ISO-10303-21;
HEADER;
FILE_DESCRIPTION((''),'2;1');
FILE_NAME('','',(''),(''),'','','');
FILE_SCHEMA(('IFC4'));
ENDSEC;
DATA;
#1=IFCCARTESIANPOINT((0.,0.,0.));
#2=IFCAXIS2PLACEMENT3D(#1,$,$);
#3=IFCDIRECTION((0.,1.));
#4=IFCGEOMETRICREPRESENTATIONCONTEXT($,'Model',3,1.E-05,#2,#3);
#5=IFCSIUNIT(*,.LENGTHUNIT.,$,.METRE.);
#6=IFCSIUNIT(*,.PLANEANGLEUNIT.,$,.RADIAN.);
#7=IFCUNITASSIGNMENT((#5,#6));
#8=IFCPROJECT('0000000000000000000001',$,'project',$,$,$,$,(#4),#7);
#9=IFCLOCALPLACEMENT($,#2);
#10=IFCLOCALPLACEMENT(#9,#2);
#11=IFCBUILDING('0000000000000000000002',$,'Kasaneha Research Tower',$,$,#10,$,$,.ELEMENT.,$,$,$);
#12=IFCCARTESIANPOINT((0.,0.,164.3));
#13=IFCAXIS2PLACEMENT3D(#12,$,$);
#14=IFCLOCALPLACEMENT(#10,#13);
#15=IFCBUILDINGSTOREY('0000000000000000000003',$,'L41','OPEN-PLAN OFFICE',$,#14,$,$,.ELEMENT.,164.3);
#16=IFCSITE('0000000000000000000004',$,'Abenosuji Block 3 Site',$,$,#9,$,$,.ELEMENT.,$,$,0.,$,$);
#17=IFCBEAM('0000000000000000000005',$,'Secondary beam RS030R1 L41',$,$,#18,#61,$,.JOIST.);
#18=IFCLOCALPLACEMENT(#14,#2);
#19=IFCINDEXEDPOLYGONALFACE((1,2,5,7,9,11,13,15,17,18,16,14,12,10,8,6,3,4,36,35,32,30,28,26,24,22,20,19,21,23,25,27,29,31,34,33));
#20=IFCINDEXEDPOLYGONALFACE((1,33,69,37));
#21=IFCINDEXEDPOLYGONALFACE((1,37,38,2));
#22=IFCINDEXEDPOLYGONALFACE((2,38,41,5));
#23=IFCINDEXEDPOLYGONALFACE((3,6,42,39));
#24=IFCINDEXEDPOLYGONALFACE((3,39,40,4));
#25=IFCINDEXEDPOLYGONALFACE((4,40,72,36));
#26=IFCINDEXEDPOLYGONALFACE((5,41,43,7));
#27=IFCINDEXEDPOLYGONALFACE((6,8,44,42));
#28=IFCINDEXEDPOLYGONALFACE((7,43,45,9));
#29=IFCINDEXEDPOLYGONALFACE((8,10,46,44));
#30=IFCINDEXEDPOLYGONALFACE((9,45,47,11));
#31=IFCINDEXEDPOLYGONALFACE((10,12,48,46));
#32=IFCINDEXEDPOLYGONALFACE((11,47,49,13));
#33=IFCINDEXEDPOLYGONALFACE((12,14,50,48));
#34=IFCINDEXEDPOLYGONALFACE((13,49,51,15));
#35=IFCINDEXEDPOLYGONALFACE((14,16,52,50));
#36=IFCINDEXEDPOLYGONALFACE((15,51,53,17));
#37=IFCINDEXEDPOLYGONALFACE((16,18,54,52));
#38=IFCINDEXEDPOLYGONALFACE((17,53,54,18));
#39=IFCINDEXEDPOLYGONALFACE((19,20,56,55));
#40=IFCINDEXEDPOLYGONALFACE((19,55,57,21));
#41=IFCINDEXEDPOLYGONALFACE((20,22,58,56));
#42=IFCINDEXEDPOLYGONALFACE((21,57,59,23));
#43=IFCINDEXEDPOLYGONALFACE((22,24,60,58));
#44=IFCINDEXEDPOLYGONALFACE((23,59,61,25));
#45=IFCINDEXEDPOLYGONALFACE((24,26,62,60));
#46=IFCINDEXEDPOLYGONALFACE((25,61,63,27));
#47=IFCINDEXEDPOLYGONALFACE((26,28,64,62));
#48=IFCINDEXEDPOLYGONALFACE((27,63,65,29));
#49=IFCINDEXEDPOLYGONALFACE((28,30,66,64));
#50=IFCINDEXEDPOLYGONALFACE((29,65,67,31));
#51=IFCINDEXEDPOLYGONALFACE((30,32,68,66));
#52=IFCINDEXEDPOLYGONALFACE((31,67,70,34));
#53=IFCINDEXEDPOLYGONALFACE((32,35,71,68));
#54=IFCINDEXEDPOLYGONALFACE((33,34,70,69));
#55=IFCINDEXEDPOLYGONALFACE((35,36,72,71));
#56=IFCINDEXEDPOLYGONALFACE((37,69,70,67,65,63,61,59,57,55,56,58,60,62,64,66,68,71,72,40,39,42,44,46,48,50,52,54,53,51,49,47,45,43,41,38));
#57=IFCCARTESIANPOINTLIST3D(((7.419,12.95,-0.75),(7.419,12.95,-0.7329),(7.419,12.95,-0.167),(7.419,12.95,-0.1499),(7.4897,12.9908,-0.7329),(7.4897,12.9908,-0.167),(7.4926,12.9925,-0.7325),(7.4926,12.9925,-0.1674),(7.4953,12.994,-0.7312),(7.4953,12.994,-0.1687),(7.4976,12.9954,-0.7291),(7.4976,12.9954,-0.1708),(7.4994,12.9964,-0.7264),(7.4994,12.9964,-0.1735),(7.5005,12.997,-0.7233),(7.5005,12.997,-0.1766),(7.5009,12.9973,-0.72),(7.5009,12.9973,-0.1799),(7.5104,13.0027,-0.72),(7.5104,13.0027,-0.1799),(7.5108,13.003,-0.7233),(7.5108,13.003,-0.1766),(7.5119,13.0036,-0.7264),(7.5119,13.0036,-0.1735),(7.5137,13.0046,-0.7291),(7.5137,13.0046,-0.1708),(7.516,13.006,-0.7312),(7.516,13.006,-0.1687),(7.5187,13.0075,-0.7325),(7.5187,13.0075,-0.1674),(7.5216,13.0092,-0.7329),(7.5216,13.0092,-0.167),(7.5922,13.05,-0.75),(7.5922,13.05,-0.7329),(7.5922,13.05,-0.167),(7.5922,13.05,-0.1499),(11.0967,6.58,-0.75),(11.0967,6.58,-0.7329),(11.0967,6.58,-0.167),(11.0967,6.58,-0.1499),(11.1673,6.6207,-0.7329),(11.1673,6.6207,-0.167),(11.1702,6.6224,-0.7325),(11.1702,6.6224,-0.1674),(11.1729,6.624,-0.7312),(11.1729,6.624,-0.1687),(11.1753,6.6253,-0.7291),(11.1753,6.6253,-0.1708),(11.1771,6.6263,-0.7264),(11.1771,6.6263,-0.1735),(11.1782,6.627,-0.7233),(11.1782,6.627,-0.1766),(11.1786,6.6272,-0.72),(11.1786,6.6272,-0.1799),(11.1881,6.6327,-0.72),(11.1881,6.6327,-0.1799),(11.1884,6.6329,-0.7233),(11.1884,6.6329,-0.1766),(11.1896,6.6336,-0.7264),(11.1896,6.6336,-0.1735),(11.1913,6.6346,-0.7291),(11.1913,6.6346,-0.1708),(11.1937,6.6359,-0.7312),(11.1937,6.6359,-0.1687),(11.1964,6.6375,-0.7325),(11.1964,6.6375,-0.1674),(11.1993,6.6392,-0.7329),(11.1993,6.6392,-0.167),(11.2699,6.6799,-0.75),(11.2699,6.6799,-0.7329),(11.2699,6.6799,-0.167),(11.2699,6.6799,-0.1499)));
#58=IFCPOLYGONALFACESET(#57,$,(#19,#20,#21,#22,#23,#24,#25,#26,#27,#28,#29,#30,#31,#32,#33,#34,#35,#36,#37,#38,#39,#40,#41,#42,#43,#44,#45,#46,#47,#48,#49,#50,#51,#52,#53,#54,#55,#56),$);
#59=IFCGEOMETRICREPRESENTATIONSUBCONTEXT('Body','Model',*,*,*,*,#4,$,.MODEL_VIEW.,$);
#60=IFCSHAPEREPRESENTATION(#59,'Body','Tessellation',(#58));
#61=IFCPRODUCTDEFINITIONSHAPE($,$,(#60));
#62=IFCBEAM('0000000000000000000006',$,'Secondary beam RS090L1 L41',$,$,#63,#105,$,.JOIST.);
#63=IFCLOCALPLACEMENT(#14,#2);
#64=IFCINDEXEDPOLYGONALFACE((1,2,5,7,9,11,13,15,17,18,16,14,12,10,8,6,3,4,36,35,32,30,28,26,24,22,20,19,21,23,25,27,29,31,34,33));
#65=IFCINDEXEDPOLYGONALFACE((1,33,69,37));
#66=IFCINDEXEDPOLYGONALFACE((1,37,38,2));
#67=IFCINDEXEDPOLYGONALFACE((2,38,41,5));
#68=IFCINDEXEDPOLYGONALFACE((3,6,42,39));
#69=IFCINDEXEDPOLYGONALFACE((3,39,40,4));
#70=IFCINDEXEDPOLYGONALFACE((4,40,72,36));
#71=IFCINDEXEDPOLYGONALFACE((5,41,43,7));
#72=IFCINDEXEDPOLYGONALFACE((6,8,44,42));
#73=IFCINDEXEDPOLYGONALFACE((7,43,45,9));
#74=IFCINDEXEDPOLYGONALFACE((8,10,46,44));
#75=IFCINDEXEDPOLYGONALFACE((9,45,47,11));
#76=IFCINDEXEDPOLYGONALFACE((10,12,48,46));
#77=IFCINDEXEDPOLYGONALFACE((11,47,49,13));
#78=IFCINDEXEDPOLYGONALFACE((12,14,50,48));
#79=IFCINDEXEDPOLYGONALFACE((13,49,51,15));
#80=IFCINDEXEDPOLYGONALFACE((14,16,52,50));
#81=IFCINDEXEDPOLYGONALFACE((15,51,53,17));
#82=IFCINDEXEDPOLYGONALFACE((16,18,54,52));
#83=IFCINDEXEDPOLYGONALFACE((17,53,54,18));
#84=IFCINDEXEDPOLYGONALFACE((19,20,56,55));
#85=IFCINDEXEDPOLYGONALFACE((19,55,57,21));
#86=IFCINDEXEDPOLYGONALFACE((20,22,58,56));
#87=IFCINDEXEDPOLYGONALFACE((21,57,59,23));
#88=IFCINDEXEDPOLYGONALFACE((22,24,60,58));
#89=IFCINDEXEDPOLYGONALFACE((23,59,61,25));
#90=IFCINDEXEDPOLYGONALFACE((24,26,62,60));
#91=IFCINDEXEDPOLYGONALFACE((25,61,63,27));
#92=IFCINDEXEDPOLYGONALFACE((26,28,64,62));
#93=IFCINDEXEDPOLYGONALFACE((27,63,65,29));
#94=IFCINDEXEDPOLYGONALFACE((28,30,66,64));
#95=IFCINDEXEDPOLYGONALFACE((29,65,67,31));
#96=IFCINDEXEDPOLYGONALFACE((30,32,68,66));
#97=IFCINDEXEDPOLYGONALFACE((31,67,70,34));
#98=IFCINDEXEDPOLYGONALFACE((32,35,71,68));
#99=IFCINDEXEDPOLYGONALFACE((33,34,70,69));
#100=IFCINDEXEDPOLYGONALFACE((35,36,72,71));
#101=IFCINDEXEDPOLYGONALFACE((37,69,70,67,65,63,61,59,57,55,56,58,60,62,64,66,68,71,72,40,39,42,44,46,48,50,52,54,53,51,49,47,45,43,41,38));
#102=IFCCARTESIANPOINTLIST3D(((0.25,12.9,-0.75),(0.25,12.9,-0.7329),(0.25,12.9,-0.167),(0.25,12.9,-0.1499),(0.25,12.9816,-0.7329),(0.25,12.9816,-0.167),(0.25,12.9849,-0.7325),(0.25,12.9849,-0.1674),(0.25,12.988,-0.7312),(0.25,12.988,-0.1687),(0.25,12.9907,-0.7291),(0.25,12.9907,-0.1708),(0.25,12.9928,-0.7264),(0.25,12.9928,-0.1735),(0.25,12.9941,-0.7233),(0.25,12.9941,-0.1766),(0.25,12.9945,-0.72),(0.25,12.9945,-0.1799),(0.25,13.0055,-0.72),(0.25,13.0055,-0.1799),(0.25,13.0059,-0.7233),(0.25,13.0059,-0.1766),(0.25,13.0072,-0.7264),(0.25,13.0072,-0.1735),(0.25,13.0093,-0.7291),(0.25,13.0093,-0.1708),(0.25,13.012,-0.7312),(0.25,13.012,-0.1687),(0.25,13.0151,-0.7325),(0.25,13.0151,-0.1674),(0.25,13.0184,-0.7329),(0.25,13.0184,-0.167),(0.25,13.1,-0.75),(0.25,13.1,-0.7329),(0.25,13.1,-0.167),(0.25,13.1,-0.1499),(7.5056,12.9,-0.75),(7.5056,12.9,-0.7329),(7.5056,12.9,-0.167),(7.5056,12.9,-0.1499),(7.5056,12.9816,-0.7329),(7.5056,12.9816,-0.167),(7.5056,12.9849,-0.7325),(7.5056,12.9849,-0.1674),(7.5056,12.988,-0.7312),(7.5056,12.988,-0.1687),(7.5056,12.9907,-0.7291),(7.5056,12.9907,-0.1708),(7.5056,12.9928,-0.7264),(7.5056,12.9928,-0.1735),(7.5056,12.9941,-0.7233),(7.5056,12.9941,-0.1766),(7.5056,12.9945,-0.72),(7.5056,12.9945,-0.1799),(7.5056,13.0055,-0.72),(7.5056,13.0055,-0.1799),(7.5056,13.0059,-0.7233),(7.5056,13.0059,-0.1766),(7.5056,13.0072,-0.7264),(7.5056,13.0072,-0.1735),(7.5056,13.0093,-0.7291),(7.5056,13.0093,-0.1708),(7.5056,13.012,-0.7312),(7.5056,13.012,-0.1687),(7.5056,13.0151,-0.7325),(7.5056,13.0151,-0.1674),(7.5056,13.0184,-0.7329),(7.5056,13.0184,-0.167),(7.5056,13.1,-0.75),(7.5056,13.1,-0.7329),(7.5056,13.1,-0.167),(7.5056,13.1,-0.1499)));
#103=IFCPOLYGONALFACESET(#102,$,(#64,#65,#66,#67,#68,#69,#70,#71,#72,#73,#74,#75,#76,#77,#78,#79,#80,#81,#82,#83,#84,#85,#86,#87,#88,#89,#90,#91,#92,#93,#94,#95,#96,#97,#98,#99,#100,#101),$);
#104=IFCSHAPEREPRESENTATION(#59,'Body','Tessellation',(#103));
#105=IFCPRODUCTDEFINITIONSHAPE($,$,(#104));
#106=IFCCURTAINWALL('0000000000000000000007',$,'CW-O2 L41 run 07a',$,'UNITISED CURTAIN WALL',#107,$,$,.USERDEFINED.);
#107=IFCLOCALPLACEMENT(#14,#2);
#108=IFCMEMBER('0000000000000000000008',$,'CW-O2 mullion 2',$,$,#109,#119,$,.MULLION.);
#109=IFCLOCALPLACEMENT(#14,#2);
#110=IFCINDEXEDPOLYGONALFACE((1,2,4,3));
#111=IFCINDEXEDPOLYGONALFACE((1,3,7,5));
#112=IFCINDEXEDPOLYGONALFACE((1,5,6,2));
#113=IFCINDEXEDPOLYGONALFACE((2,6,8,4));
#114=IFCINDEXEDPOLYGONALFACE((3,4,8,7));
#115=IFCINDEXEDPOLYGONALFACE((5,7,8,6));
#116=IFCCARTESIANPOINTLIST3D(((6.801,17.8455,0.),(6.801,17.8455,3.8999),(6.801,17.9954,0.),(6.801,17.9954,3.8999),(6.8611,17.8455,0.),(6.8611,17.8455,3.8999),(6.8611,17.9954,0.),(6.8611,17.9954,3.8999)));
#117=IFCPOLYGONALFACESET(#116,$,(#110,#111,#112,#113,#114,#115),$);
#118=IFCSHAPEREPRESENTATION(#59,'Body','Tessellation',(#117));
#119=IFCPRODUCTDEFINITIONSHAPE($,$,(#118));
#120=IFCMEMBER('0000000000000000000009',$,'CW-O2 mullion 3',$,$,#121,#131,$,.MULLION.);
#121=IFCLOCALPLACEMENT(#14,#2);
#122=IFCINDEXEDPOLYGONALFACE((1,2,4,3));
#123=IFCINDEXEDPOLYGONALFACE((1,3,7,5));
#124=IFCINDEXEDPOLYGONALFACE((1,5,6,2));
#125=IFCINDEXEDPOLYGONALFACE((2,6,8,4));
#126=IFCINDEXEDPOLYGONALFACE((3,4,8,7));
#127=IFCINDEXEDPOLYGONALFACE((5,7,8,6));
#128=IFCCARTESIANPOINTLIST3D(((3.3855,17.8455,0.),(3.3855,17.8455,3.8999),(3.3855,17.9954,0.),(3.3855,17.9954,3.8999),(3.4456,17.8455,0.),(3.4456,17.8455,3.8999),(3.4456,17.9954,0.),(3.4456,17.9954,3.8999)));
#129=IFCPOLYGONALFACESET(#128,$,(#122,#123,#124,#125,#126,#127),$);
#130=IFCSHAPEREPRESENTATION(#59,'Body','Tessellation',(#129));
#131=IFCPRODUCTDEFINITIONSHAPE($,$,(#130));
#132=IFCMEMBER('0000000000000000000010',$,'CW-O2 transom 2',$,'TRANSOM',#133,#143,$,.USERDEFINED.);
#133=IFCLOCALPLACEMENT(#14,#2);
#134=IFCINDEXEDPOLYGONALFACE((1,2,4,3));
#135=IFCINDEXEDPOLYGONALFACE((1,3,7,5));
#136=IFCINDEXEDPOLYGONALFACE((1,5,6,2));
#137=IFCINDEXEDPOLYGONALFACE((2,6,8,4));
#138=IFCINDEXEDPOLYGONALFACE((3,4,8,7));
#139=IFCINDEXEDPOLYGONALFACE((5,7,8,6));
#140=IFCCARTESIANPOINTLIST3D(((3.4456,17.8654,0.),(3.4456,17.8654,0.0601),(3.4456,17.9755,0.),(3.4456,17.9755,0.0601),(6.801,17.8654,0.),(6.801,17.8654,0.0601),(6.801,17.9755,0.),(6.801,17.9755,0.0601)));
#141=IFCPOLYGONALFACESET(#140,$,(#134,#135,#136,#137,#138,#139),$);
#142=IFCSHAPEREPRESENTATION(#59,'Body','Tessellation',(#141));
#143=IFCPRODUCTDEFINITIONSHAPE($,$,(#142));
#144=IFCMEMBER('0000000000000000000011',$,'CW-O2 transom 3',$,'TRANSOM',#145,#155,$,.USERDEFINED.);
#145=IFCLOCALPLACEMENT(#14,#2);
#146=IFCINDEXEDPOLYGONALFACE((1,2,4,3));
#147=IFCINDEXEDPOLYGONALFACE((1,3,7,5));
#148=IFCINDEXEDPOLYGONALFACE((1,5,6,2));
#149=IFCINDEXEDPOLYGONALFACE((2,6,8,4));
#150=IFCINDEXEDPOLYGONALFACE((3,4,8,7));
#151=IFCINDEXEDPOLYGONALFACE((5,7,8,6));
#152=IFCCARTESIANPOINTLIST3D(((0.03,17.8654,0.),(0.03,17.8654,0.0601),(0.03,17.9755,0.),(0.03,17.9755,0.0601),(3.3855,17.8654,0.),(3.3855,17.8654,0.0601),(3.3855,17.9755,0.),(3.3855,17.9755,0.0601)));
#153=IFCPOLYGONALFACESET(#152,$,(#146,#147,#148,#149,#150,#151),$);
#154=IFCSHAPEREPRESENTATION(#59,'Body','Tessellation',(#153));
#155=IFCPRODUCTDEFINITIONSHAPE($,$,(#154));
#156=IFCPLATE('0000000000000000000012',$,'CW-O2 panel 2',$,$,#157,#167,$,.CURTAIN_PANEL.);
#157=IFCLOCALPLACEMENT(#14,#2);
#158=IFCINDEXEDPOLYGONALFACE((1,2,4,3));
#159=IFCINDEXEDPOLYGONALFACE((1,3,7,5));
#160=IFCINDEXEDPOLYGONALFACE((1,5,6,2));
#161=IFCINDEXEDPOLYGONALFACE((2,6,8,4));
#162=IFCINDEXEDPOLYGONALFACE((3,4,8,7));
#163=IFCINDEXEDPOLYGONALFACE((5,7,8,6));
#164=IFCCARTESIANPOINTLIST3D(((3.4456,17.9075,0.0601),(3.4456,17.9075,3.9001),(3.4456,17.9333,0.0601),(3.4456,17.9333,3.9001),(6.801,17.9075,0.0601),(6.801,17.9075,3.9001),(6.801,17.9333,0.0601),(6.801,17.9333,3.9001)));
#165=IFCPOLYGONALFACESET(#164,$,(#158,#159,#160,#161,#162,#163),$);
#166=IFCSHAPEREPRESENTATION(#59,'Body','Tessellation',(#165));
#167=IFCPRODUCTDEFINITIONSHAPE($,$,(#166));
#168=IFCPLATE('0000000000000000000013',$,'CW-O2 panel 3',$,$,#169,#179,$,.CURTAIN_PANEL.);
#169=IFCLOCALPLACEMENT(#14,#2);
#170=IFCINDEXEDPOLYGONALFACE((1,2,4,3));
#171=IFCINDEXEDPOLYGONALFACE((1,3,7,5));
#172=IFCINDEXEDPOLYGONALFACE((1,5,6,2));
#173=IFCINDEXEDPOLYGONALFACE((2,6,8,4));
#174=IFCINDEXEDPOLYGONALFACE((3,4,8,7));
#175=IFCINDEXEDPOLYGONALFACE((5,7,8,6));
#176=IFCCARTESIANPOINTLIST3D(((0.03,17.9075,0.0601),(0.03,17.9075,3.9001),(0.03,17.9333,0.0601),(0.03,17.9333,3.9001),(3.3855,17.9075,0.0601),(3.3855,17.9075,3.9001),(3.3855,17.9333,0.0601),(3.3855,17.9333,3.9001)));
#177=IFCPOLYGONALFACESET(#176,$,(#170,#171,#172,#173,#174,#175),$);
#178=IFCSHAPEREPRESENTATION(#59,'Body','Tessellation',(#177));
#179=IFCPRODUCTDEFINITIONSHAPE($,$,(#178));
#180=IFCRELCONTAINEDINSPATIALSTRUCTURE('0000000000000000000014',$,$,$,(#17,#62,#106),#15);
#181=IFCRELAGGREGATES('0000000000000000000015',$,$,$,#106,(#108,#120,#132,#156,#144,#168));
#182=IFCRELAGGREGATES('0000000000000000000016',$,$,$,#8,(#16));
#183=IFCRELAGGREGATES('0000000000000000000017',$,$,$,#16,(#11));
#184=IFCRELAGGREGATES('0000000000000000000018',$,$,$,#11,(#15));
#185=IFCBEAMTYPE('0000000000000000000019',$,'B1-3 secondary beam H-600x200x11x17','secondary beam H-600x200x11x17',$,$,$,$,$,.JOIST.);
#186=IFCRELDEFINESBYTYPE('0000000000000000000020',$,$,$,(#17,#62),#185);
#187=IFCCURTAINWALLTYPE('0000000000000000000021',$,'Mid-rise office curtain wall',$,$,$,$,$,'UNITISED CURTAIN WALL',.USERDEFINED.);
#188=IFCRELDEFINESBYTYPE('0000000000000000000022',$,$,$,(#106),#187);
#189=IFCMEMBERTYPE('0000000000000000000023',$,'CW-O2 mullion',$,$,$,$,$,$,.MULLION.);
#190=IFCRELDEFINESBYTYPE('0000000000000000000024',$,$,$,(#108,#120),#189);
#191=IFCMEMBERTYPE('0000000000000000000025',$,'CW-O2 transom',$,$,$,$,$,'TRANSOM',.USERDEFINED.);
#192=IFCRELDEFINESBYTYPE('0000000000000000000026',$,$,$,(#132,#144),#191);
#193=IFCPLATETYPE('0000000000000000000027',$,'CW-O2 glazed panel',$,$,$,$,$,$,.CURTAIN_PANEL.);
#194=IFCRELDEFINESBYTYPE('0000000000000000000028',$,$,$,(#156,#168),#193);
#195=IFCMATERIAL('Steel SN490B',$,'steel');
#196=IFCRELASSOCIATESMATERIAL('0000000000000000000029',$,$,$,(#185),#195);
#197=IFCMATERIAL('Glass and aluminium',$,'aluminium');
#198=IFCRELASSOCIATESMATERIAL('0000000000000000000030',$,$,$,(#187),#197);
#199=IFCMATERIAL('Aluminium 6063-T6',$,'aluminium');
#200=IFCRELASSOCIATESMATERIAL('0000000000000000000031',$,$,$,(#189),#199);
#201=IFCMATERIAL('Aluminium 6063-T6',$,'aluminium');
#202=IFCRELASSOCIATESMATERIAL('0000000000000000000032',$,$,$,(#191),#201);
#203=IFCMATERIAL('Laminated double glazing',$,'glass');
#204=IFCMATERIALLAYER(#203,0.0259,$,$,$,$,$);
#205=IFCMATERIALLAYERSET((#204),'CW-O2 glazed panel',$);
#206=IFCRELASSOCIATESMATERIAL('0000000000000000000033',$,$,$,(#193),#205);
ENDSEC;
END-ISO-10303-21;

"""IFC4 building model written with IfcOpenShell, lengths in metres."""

from ifc_helpers import new_model, si_unit, direction, frame, origin, origin_2d, place, context, subcontext, project, spatial, rectangle, i_section, extrude, material, layer, layer_set, material_profile, profile_set, type_object, element, aggregate, save


model = new_model("IFC4")

# Units and contexts
model_context = context("Model", 3, precision=1e-05, world=origin(), true_north=direction((0.0, 1.0)))
body_context = subcontext(model_context, "Body", "Model", "MODEL_VIEW")
ifc_project = project(units=[si_unit("LENGTHUNIT", "METRE"), si_unit("PLANEANGLEUNIT", "RADIAN")], contexts=[model_context])

# Site, building, storey
site_placement = place(None, origin())
site = spatial("IfcSite", under=ifc_project, at=site_placement, Name="Abenosuji Block 3 Site", CompositionType="ELEMENT", RefElevation=0.0)
building_placement = place(site_placement, origin())
building = spatial("IfcBuilding", under=site, at=building_placement, Name="Kasaneha Research Tower", CompositionType="ELEMENT")
storey_placement = place(building_placement, frame((0.0, 0.0, 164.3)))
storey = spatial("IfcBuildingStorey", under=building, at=storey_placement, Name="L41", Description="OPEN-PLAN OFFICE", CompositionType="ELEMENT", Elevation=164.3)

# Beams
ifc_material_1 = material(Name="Steel SN490B", Category="steel")
ifc_material_profile_1 = material_profile(ifc_material_1, i_section(OverallWidth=0.2, OverallDepth=0.6001, WebThickness=0.011, FlangeThickness=0.0171, FilletRadius=0.0129, at=origin_2d()), Name="H-600x200x11x17")
ifc_profile_set_1 = profile_set([ifc_material_profile_1], Name="Steel SN490B")
beam_type = type_object("IfcBeamType", Name="B1-3 secondary beam H-600x200x11x17", Description="secondary beam H-600x200x11x17", PredefinedType="JOIST", material=ifc_profile_set_1)
beam_1_placement = place(storey_placement, frame((7.5056, 13.0, -0.45), z_axis=(0.499994, -0.866029, 0.0), x_axis=(0.866029, 0.499994, 0.0)))
element("IfcBeam", 1, at=beam_1_placement, inside=storey, type_object=beam_type, Name="Secondary beam RS030R1 L41", PredefinedType="JOIST", context=body_context, shape_type="SweptSolid", body=[
    extrude(i_section(OverallWidth=0.2, OverallDepth=0.6001, WebThickness=0.011, FlangeThickness=0.0171, FilletRadius=0.0129, at=origin_2d()), origin(), (0.0, 0.0, 1.0), 7.3555),
])
beam_2_placement = place(storey_placement, frame((7.5056, 13.0, -0.45), z_axis=(-1.0, 0.0, 0.0), x_axis=(0.0, -1.0, 0.0)))
element("IfcBeam", 2, at=beam_2_placement, inside=storey, type_object=beam_type, Name="Secondary beam RS090L1 L41", PredefinedType="JOIST", context=body_context, shape_type="SweptSolid", body=[
    extrude(i_section(OverallWidth=0.2, OverallDepth=0.6001, WebThickness=0.011, FlangeThickness=0.0171, FilletRadius=0.0129, at=origin_2d()), origin(), (0.0, 0.0, 1.0), 7.2556),
])

# Curtain wall, members, plates
ifc_material_2 = material(Name="Glass and aluminium", Category="aluminium")
curtain_wall_type = type_object("IfcCurtainWallType", Name="Mid-rise office curtain wall", ElementType="UNITISED CURTAIN WALL", PredefinedType="USERDEFINED", material=ifc_material_2)
curtain_wall_placement = place(storey_placement, origin())
curtain_wall = element("IfcCurtainWall", 3, at=curtain_wall_placement, inside=storey, type_object=curtain_wall_type, Name="CW-O2 L41 run 07a", ObjectType="UNITISED CURTAIN WALL", PredefinedType="USERDEFINED")
ifc_material_3 = material(Name="Aluminium 6063-T6", Category="aluminium")
ifc_material_profile_2 = material_profile(ifc_material_3, rectangle(XDim=0.0601, YDim=0.1499, at=origin_2d()), Name="CW-O2 mullion 60x150")
ifc_profile_set_2 = profile_set([ifc_material_profile_2], Name="Aluminium 6063-T6")
member_type_1 = type_object("IfcMemberType", Name="CW-O2 mullion", PredefinedType="MULLION", material=ifc_profile_set_2)
member_1_placement = place(storey_placement, frame((6.8311, 17.9204, 0.0), z_axis=(0.0, 0.0, 1.0), x_axis=(-1.0, 0.0, 0.0)))
member_1 = element("IfcMember", 4, at=member_1_placement, type_object=member_type_1, Name="CW-O2 mullion 2", PredefinedType="MULLION", context=body_context, shape_type="SweptSolid", body=[
    extrude(rectangle(XDim=0.0601, YDim=0.1499, at=origin_2d()), origin(), (0.0, 0.0, 1.0), 3.8999),
])
member_2_placement = place(storey_placement, frame((3.4155, 17.9204, 0.0), z_axis=(0.0, 0.0, 1.0), x_axis=(-1.0, 0.0, 0.0)))
member_2 = element("IfcMember", 5, at=member_2_placement, type_object=member_type_1, Name="CW-O2 mullion 3", PredefinedType="MULLION", context=body_context, shape_type="SweptSolid", body=[
    extrude(rectangle(XDim=0.0601, YDim=0.1499, at=origin_2d()), origin(), (0.0, 0.0, 1.0), 3.8999),
])
ifc_material_4 = material(Name="Aluminium 6063-T6", Category="aluminium")
ifc_material_profile_3 = material_profile(ifc_material_4, rectangle(XDim=0.1101, YDim=0.0601, at=origin_2d()), Name="CW-O2 transom 110x60")
ifc_profile_set_3 = profile_set([ifc_material_profile_3], Name="Aluminium 6063-T6")
member_type_2 = type_object("IfcMemberType", Name="CW-O2 transom", ElementType="TRANSOM", PredefinedType="USERDEFINED", material=ifc_profile_set_3)
member_3_placement = place(storey_placement, frame((6.801, 17.9204, 0.03), z_axis=(-1.0, 0.0, 0.0), x_axis=(0.0, -1.0, 0.0)))
member_3 = element("IfcMember", 6, at=member_3_placement, type_object=member_type_2, Name="CW-O2 transom 2", ObjectType="TRANSOM", PredefinedType="USERDEFINED", context=body_context, shape_type="SweptSolid", body=[
    extrude(rectangle(XDim=0.1101, YDim=0.0601, at=origin_2d()), origin(), (0.0, 0.0, 1.0), 3.3555),
])
member_4_placement = place(storey_placement, frame((3.3855, 17.9204, 0.03), z_axis=(-1.0, 0.0, 0.0), x_axis=(0.0, -1.0, 0.0)))
member_4 = element("IfcMember", 7, at=member_4_placement, type_object=member_type_2, Name="CW-O2 transom 3", ObjectType="TRANSOM", PredefinedType="USERDEFINED", context=body_context, shape_type="SweptSolid", body=[
    extrude(rectangle(XDim=0.1101, YDim=0.0601, at=origin_2d()), origin(), (0.0, 0.0, 1.0), 3.3555),
])
ifc_material_5 = material(Name="Laminated double glazing", Category="glass")
ifc_layer_1 = layer(ifc_material_5, 0.0259)
ifc_layer_set_1 = layer_set([ifc_layer_1], Name="CW-O2 glazed panel")
plate_type = type_object("IfcPlateType", Name="CW-O2 glazed panel", PredefinedType="CURTAIN_PANEL", material=ifc_layer_set_1)
plate_1_placement = place(storey_placement, frame((5.1233, 17.9204, 0.0601), z_axis=(0.0, 0.0, 1.0), x_axis=(-1.0, 0.0, 0.0)))
plate_1 = element("IfcPlate", 8, at=plate_1_placement, type_object=plate_type, Name="CW-O2 panel 2", PredefinedType="CURTAIN_PANEL", context=body_context, shape_type="SweptSolid", body=[
    extrude(rectangle(XDim=3.3555, YDim=0.0259, at=origin_2d()), origin(), (0.0, 0.0, 1.0), 3.8401),
])
plate_2_placement = place(storey_placement, frame((1.7078, 17.9204, 0.0601), z_axis=(0.0, 0.0, 1.0), x_axis=(-1.0, 0.0, 0.0)))
plate_2 = element("IfcPlate", 9, at=plate_2_placement, type_object=plate_type, Name="CW-O2 panel 3", PredefinedType="CURTAIN_PANEL", context=body_context, shape_type="SweptSolid", body=[
    extrude(rectangle(XDim=3.3555, YDim=0.0259, at=origin_2d()), origin(), (0.0, 0.0, 1.0), 3.8401),
])
aggregate(curtain_wall, [member_1, member_2, member_3, plate_1, member_4, plate_2])

save(model, "model.ifc")
